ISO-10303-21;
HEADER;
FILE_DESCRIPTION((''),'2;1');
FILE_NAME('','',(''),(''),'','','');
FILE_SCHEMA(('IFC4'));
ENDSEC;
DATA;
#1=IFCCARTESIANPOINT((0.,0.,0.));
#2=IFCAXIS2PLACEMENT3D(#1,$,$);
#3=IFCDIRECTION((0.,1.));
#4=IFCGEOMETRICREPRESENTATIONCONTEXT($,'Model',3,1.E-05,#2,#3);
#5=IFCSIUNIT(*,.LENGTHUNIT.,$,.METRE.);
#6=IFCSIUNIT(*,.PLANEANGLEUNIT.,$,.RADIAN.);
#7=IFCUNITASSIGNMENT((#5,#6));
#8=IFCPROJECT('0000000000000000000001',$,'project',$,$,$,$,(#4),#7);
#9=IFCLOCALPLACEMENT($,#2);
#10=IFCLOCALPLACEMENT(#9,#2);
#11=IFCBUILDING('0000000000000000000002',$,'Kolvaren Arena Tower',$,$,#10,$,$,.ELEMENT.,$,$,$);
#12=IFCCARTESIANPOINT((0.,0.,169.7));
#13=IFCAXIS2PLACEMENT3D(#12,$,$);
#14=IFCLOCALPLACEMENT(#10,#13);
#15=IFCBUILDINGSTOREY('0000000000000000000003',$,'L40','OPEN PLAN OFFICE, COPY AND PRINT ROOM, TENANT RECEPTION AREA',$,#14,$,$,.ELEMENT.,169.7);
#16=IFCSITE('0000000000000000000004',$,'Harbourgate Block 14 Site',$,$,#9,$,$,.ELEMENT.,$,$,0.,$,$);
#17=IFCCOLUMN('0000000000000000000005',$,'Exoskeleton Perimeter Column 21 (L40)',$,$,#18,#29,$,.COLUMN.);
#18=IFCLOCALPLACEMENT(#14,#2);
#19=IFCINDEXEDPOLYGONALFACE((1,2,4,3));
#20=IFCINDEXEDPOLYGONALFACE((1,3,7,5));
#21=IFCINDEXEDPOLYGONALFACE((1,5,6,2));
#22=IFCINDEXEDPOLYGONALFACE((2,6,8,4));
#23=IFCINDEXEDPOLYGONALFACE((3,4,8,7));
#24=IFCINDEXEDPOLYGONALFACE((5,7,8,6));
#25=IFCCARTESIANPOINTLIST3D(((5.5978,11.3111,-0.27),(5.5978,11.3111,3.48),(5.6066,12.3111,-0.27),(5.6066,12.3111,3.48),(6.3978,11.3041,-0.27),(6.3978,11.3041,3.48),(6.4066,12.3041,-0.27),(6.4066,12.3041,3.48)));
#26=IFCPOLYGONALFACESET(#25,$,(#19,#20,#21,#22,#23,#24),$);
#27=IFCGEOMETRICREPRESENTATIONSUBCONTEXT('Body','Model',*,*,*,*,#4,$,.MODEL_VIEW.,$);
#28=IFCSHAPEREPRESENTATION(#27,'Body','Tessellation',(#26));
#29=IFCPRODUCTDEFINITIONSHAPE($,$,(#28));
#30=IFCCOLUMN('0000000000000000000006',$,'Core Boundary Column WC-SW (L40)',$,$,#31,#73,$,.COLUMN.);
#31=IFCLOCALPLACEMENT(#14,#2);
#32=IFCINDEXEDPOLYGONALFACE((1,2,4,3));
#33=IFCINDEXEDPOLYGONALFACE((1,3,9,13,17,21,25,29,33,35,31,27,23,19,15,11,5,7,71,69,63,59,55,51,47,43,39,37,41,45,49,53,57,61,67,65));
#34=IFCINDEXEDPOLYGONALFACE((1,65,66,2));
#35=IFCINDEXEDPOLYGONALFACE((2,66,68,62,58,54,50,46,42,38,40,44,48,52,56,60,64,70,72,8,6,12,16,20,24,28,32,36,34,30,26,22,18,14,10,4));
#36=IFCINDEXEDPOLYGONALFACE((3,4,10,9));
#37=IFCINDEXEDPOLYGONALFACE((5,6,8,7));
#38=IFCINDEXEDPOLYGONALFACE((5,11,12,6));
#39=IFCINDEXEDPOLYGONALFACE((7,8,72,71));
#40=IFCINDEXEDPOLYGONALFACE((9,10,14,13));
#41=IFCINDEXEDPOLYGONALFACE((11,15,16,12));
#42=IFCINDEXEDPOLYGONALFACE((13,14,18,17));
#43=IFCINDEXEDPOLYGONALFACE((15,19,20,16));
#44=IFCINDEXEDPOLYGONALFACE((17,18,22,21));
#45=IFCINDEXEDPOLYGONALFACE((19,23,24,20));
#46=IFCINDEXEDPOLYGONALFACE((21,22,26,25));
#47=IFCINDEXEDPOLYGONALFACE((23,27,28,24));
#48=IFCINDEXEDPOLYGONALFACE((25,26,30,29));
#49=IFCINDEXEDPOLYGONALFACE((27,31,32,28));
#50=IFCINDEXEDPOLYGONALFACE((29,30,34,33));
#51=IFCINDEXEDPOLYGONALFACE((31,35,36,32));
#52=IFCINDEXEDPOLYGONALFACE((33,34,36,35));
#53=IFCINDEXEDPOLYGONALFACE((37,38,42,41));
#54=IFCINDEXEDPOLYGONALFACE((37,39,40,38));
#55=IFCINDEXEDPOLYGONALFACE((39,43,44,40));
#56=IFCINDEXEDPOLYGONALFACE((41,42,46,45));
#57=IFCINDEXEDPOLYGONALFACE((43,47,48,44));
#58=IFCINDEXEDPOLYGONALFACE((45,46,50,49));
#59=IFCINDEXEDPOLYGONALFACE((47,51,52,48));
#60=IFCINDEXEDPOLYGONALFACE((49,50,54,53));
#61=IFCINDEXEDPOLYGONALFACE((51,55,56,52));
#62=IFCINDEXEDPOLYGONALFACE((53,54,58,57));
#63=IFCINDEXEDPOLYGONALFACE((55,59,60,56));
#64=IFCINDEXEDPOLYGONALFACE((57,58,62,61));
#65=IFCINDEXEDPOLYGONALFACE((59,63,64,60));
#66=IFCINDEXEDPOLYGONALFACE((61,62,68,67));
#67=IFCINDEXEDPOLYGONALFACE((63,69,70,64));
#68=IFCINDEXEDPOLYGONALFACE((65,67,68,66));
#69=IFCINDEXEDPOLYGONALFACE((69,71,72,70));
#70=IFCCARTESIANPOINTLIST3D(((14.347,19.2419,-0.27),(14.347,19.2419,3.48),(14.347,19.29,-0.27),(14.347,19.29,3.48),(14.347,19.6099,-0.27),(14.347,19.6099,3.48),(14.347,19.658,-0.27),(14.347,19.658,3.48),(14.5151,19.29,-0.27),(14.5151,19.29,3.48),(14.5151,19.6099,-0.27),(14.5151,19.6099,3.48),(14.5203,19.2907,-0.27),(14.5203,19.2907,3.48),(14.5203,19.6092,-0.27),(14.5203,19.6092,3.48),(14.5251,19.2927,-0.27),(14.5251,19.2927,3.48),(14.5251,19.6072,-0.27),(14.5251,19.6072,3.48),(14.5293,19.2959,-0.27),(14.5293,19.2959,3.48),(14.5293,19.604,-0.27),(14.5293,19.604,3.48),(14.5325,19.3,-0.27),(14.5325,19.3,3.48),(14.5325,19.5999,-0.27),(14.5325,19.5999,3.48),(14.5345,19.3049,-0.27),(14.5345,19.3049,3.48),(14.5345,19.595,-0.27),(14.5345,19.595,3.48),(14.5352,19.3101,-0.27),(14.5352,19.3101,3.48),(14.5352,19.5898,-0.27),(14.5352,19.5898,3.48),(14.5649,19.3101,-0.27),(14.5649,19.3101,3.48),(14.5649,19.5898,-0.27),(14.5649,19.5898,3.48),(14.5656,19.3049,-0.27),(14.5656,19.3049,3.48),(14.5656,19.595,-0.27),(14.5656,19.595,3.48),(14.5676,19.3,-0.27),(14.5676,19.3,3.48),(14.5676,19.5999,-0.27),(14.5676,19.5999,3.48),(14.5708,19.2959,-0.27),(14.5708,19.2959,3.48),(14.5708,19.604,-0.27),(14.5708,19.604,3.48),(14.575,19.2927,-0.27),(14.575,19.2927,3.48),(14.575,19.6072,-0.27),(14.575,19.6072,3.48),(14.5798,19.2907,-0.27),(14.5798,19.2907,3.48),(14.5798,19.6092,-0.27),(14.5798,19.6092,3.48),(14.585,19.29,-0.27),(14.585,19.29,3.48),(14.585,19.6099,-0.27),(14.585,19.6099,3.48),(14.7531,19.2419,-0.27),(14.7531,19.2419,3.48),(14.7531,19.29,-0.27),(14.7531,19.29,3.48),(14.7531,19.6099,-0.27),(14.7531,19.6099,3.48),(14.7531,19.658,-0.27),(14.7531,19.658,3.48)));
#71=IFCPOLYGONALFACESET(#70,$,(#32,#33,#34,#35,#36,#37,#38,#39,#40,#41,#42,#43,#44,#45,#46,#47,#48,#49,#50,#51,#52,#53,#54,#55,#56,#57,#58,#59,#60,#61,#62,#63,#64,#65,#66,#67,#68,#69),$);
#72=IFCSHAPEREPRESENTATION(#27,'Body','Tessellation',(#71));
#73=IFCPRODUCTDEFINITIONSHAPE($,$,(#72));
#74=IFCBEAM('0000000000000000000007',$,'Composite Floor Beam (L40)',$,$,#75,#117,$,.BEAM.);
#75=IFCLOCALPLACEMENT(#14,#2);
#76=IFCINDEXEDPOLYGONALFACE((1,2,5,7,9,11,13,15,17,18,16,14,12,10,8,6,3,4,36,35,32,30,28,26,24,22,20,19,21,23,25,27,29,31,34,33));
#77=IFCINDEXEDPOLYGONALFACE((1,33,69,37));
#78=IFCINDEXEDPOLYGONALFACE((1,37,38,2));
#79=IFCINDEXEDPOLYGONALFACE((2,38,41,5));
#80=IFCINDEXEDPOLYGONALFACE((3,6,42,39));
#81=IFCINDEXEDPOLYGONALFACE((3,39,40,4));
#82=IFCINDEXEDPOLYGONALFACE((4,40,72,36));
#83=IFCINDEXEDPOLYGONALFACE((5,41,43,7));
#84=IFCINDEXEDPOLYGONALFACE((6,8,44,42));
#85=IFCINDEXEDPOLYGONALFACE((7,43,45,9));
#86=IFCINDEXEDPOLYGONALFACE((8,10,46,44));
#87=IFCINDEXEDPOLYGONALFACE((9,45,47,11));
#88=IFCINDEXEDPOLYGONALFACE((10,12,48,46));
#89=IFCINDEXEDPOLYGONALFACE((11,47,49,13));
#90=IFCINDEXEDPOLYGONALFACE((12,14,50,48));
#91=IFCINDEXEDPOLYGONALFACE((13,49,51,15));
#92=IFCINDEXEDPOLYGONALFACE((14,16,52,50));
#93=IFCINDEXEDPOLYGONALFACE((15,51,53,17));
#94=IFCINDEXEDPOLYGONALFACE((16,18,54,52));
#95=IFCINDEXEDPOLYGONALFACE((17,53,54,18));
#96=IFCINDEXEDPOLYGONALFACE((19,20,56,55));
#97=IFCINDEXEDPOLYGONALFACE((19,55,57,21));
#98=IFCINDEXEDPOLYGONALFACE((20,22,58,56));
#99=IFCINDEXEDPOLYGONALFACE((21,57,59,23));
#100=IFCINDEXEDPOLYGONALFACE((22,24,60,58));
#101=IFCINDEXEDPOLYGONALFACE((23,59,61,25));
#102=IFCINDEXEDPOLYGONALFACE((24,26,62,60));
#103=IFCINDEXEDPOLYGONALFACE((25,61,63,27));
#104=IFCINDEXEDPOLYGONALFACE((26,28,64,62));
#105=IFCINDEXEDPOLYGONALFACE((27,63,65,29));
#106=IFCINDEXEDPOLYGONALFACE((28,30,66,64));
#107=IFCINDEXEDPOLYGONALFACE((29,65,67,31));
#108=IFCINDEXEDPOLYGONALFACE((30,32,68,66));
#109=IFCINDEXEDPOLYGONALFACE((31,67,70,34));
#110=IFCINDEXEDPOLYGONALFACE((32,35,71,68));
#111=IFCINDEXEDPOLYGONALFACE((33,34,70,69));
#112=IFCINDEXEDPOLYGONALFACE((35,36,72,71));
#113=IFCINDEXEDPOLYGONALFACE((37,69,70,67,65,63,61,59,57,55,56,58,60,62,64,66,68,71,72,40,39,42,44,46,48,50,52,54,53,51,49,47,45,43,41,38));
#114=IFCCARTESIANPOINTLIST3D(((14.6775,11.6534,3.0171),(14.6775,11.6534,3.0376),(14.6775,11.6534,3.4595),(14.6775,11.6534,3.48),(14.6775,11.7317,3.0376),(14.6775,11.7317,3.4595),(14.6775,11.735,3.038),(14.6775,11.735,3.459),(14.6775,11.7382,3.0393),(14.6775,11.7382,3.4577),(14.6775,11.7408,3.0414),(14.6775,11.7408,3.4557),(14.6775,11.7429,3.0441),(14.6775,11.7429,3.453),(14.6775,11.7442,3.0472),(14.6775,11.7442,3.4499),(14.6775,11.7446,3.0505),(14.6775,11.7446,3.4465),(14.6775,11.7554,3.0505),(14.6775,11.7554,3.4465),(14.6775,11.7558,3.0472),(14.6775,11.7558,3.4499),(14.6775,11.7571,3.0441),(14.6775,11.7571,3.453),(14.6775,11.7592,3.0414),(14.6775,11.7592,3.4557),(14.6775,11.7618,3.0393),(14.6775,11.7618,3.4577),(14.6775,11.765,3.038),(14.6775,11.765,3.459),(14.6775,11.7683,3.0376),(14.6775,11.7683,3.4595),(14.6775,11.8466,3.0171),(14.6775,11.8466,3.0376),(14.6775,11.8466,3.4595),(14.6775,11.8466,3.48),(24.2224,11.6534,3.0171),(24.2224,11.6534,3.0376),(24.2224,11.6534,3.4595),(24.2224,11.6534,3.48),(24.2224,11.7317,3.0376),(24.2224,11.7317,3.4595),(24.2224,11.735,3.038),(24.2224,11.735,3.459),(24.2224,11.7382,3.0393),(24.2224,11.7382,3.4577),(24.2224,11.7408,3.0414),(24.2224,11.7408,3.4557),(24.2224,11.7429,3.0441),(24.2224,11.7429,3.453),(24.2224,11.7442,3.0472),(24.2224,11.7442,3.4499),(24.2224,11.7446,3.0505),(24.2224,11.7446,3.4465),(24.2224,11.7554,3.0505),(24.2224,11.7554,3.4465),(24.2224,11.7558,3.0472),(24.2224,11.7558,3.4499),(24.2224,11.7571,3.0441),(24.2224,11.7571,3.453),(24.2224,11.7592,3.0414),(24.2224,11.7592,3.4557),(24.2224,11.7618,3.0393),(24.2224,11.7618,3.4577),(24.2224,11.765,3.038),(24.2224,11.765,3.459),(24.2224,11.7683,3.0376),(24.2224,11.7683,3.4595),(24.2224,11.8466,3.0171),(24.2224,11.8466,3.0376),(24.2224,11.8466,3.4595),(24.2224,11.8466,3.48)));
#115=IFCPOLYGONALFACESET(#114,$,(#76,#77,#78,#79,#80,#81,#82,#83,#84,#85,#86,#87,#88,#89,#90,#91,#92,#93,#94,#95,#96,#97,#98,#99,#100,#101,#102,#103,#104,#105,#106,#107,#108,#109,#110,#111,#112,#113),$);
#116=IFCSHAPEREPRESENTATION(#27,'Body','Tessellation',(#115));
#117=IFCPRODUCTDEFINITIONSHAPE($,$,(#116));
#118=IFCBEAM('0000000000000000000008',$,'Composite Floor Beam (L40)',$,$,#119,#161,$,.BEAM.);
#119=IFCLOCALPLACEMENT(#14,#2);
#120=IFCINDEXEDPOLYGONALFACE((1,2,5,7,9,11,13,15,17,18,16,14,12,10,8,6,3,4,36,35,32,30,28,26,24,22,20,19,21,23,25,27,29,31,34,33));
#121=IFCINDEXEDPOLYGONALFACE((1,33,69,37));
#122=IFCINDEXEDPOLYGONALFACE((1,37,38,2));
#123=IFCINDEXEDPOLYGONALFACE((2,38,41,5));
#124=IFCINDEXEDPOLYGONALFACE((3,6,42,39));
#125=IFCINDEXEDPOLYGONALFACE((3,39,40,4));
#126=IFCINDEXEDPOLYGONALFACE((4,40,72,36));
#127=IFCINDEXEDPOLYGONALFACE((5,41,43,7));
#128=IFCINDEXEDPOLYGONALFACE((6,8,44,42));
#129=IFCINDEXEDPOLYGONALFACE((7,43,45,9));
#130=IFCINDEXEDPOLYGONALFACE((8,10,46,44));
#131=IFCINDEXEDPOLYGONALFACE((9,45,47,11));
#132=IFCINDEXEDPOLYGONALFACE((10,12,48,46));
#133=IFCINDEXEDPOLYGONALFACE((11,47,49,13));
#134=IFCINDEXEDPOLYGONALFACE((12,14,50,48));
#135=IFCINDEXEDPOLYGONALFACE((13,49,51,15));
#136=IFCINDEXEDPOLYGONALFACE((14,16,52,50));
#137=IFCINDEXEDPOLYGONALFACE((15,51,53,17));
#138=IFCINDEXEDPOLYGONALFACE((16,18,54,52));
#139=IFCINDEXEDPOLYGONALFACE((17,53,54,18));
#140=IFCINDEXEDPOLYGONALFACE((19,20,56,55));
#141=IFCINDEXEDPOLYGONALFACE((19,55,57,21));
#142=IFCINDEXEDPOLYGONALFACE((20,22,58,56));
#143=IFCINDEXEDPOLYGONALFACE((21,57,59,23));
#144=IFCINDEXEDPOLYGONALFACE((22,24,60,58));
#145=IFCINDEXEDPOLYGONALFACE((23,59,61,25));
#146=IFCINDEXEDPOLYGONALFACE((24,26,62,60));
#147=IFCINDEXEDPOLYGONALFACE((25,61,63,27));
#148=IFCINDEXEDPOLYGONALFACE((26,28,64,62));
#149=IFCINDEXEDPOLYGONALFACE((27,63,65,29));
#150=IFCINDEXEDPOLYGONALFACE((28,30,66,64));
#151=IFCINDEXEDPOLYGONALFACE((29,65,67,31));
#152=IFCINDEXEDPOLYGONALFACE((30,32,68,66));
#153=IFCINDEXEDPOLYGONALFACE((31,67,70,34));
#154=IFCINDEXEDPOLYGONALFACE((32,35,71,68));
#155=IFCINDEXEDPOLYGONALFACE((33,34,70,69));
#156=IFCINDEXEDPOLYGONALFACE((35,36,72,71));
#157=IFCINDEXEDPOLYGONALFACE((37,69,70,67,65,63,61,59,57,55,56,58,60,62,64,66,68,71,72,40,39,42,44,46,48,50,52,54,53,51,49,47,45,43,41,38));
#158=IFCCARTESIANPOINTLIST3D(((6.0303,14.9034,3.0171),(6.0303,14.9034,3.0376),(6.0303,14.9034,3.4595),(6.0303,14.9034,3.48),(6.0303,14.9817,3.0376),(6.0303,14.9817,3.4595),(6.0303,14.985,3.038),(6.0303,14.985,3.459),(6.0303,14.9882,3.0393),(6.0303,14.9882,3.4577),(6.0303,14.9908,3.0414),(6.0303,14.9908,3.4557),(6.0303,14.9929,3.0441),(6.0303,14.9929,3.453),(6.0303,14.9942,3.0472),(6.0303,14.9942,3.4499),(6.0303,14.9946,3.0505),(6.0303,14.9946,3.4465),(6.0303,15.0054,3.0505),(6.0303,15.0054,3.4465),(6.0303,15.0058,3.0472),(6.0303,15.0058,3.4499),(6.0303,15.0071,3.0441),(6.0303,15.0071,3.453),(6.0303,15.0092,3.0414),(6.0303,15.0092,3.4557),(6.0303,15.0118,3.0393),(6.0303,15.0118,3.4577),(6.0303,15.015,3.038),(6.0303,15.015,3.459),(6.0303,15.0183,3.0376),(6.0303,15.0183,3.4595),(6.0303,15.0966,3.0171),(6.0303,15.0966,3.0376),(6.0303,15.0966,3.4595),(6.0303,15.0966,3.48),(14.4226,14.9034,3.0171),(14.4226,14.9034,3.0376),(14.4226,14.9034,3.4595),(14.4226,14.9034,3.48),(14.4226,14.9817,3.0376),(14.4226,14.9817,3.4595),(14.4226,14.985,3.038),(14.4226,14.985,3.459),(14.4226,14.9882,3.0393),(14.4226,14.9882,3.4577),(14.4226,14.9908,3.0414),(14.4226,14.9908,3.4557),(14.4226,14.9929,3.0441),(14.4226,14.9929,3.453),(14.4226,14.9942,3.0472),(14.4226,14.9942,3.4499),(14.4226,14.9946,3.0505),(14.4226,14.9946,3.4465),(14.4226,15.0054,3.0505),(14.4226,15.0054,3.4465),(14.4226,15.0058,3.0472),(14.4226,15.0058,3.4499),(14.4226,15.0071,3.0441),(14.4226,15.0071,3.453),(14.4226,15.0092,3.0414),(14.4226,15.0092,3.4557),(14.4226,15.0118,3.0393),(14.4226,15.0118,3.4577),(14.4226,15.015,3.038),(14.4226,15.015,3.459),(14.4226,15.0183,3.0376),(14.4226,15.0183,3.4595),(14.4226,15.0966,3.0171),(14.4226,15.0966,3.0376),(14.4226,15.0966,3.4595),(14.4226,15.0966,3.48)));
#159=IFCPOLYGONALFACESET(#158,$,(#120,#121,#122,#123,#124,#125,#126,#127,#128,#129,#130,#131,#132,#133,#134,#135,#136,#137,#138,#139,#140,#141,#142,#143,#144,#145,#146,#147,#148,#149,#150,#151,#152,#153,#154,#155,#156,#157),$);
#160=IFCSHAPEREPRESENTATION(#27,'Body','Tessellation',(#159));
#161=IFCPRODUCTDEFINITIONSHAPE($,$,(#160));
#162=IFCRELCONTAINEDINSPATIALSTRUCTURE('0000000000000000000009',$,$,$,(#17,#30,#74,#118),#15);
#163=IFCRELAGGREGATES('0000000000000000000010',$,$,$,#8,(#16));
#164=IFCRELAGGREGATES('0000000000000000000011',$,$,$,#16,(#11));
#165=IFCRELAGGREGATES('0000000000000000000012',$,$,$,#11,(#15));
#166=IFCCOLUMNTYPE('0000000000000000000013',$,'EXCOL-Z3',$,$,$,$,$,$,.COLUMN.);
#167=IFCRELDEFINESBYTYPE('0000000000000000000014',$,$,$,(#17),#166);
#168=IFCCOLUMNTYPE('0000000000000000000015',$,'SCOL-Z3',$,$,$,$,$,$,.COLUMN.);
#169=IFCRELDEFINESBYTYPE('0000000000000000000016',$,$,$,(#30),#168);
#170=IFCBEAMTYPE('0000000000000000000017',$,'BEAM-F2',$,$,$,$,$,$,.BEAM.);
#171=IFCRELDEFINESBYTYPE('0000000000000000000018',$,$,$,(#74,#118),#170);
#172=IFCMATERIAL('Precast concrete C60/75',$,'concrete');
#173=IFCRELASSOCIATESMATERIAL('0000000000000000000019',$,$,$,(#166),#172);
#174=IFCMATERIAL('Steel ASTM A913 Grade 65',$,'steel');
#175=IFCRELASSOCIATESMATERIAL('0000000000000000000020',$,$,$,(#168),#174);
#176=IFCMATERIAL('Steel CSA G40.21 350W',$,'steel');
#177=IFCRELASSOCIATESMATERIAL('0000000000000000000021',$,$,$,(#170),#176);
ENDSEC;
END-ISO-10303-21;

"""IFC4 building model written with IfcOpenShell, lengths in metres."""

from ifc_helpers import new_model, si_unit, direction, frame, origin, origin_2d, place, context, subcontext, project, spatial, rectangle, i_section, extrude, material, material_profile, profile_set, type_object, element, save


model = new_model("IFC4")

# Units and contexts
model_context = context("Model", 3, precision=1e-05, world=origin(), true_north=direction((0.0, 1.0)))
body_context = subcontext(model_context, "Body", "Model", "MODEL_VIEW")
ifc_project = project(units=[si_unit("LENGTHUNIT", "METRE"), si_unit("PLANEANGLEUNIT", "RADIAN")], contexts=[model_context])

# Site, building, storey
site_placement = place(None, origin())
site = spatial("IfcSite", under=ifc_project, at=site_placement, Name="Harbourgate Block 14 Site", CompositionType="ELEMENT", RefElevation=0.0)
building_placement = place(site_placement, origin())
building = spatial("IfcBuilding", under=site, at=building_placement, Name="Kolvaren Arena Tower", CompositionType="ELEMENT")
storey_placement = place(building_placement, frame((0.0, 0.0, 169.7)))
storey = spatial("IfcBuildingStorey", under=building, at=storey_placement, Name="L40", Description="OPEN PLAN OFFICE, COPY AND PRINT ROOM, TENANT RECEPTION AREA", CompositionType="ELEMENT", Elevation=169.7)

# Columns
ifc_material_1 = material(Name="Precast concrete C60/75", Category="concrete")
ifc_material_profile_1 = material_profile(ifc_material_1, rectangle(XDim=1.0, YDim=0.8, at=origin_2d()), Name="RC-1000x800")
ifc_profile_set_1 = profile_set([ifc_material_profile_1], Name="Precast concrete C60/75")
column_type_1 = type_object("IfcColumnType", Name="EXCOL-Z3", PredefinedType="COLUMN", material=ifc_profile_set_1)
column_1_placement = place(storey_placement, frame((6.0022, 11.8076, -0.27), z_axis=(0.0, 0.0, 1.0), x_axis=(0.008727, 0.999962, 0.0)))
element("IfcColumn", 1, at=column_1_placement, inside=storey, type_object=column_type_1, Name="Exoskeleton Perimeter Column 21 (L40)", PredefinedType="COLUMN", context=body_context, shape_type="SweptSolid", body=[
    extrude(rectangle(XDim=1.0, YDim=0.8, at=origin_2d()), origin(), (0.0, 0.0, 1.0), 3.75),
])
ifc_material_2 = material(Name="Steel ASTM A913 Grade 65", Category="steel")
ifc_material_profile_2 = material_profile(ifc_material_2, i_section(OverallWidth=0.406, OverallDepth=0.416, WebThickness=0.0298, FlangeThickness=0.0481, FilletRadius=0.02, at=origin_2d()), Name="W360x382")
ifc_profile_set_2 = profile_set([ifc_material_profile_2], Name="Steel ASTM A913 Grade 65")
column_type_2 = type_object("IfcColumnType", Name="SCOL-Z3", PredefinedType="COLUMN", material=ifc_profile_set_2)
column_2_placement = place(storey_placement, frame((14.55, 19.45, -0.27), z_axis=(0.0, 0.0, 1.0), x_axis=(1.0, 0.0, 0.0)))
element("IfcColumn", 2, at=column_2_placement, inside=storey, type_object=column_type_2, Name="Core Boundary Column WC-SW (L40)", PredefinedType="COLUMN", context=body_context, shape_type="SweptSolid", body=[
    extrude(i_section(OverallWidth=0.406, OverallDepth=0.416, WebThickness=0.0298, FlangeThickness=0.0481, FilletRadius=0.02, at=origin_2d()), origin(), (0.0, 0.0, 1.0), 3.75),
])

# Beams
ifc_material_3 = material(Name="Steel CSA G40.21 350W", Category="steel")
ifc_material_profile_3 = material_profile(ifc_material_3, i_section(OverallWidth=0.1931, OverallDepth=0.4629, WebThickness=0.0107, FlangeThickness=0.0205, FilletRadius=0.0129, at=origin_2d()), Name="W460x113")
ifc_profile_set_3 = profile_set([ifc_material_profile_3], Name="Steel CSA G40.21 350W")
beam_type_1 = type_object("IfcBeamType", Name="BEAM-F2", PredefinedType="BEAM", material=ifc_profile_set_3)
beam_1_placement = place(storey_placement, frame((14.6775, 11.75, 3.2485), z_axis=(1.0, 0.0, 0.0), x_axis=(0.0, 1.0, 0.0)))
element("IfcBeam", 3, at=beam_1_placement, inside=storey, type_object=beam_type_1, Name="Composite Floor Beam (L40)", PredefinedType="BEAM", context=body_context, shape_type="SweptSolid", body=[
    extrude(i_section(OverallWidth=0.1931, OverallDepth=0.4629, WebThickness=0.0107, FlangeThickness=0.0205, FilletRadius=0.0129, at=origin_2d()), origin(), (0.0, 0.0, 1.0), 9.5449),
])
beam_2_placement = place(storey_placement, frame((6.0303, 15.0, 3.2485), z_axis=(1.0, 0.0, 0.0), x_axis=(0.0, 1.0, 0.0)))
element("IfcBeam", 4, at=beam_2_placement, inside=storey, type_object=beam_type_1, Name="Composite Floor Beam (L40)", PredefinedType="BEAM", context=body_context, shape_type="SweptSolid", body=[
    extrude(i_section(OverallWidth=0.1931, OverallDepth=0.4629, WebThickness=0.0107, FlangeThickness=0.0205, FilletRadius=0.0129, at=origin_2d()), origin(), (0.0, 0.0, 1.0), 8.3923),
])

save(model, "model.ifc")
